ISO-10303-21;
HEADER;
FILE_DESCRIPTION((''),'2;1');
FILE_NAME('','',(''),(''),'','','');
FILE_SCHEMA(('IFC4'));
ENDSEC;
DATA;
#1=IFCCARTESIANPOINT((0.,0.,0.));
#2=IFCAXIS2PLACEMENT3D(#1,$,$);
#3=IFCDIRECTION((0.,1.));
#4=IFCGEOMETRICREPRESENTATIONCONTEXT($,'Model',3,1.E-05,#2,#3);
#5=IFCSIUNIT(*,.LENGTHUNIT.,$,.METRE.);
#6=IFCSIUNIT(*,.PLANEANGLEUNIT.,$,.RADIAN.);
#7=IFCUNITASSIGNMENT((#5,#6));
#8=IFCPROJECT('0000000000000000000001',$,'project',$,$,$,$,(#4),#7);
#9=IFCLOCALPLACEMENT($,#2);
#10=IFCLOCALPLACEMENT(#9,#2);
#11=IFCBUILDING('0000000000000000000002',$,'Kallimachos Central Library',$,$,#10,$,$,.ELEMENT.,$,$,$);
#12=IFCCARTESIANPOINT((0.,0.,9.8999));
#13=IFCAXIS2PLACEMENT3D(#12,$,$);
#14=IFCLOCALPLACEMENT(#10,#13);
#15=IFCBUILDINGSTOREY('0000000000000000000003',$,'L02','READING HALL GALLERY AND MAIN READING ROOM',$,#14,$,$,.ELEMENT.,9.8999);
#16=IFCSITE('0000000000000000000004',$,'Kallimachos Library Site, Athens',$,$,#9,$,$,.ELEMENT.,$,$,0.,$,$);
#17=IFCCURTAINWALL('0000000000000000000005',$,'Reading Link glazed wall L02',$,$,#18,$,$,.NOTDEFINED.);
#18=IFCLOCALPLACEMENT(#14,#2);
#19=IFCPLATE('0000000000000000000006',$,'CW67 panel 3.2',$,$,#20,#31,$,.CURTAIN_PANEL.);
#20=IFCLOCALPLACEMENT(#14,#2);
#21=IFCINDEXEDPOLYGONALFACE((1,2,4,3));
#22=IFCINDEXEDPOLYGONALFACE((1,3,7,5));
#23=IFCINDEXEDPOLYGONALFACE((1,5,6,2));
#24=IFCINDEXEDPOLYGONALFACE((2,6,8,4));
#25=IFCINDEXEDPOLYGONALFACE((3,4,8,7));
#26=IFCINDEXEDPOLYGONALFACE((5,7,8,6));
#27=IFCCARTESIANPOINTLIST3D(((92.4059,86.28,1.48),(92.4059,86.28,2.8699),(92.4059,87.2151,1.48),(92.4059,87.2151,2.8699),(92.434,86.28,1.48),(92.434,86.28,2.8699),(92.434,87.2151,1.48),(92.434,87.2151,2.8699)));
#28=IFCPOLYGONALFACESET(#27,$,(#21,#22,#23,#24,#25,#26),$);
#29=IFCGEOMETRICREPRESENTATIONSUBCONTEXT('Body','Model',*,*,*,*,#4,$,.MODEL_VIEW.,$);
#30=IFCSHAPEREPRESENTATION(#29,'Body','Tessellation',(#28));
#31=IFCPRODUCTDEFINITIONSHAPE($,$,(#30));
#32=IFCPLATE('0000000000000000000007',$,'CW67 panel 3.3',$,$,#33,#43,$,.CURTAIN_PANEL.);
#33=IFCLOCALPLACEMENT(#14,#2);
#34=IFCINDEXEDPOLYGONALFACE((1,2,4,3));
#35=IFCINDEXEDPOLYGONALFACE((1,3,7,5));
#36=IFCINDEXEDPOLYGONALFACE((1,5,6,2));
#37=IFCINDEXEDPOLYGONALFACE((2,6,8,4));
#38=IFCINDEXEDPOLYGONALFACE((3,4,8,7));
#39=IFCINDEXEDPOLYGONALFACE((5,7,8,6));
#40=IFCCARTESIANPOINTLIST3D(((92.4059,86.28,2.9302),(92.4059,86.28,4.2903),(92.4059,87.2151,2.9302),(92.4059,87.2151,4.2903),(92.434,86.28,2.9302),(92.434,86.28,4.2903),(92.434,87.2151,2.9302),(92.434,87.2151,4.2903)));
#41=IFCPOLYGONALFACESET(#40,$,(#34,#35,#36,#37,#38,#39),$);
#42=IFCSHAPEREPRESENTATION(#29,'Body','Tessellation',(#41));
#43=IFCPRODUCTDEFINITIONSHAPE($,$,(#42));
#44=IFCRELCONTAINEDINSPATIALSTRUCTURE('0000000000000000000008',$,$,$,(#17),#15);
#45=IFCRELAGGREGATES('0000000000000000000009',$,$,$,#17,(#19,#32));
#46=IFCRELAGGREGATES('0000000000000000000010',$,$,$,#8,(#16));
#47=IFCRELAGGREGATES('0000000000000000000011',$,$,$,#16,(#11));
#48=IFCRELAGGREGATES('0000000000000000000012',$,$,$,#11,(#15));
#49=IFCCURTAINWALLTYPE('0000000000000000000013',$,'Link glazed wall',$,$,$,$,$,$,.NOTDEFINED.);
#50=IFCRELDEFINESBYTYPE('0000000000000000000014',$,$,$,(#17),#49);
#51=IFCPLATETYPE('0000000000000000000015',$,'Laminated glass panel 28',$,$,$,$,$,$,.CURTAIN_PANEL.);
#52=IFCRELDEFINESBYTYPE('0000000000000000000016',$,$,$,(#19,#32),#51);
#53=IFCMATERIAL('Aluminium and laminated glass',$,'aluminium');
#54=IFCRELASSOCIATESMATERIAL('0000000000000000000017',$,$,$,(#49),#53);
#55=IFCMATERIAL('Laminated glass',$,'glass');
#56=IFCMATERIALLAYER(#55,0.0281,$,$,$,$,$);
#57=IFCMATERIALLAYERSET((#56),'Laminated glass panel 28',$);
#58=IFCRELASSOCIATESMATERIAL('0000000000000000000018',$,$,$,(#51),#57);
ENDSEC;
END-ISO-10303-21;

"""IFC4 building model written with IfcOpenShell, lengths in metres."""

from ifc_helpers import new_model, si_unit, direction, frame, origin, origin_2d, place, context, subcontext, project, spatial, rectangle, extrude, material, layer, layer_set, type_object, element, aggregate, save


model = new_model("IFC4")

# Units and contexts
model_context = context("Model", 3, precision=1e-05, world=origin(), true_north=direction((0.0, 1.0)))
body_context = subcontext(model_context, "Body", "Model", "MODEL_VIEW")
ifc_project = project(units=[si_unit("LENGTHUNIT", "METRE"), si_unit("PLANEANGLEUNIT", "RADIAN")], contexts=[model_context])

# Site, building, storey
site_placement = place(None, origin())
site = spatial("IfcSite", under=ifc_project, at=site_placement, Name="Kallimachos Library Site, Athens", CompositionType="ELEMENT", RefElevation=0.0)
building_placement = place(site_placement, origin())
building = spatial("IfcBuilding", under=site, at=building_placement, Name="Kallimachos Central Library", CompositionType="ELEMENT")
storey_placement = place(building_placement, frame((0.0, 0.0, 9.8999)))
storey = spatial("IfcBuildingStorey", under=building, at=storey_placement, Name="L02", Description="READING HALL GALLERY AND MAIN READING ROOM", CompositionType="ELEMENT", Elevation=9.8999)

# Curtain wall
ifc_material_1 = material(Name="Aluminium and laminated glass", Category="aluminium")
curtain_wall_type_1 = type_object("IfcCurtainWallType", Name="Link glazed wall", PredefinedType="NOTDEFINED", material=ifc_material_1)
curtain_wall_1_placement = place(storey_placement, origin())
curtain_wall_1 = element("IfcCurtainWall", 1, at=curtain_wall_1_placement, inside=storey, type_object=curtain_wall_type_1, Name="Reading Link glazed wall L02", PredefinedType="NOTDEFINED")

# Plates
ifc_material_2 = material(Name="Laminated glass", Category="glass")
ifc_layer_1 = layer(ifc_material_2, 0.0281)
ifc_layer_set_1 = layer_set([ifc_layer_1], Name="Laminated glass panel 28")
plate_type = type_object("IfcPlateType", Name="Laminated glass panel 28", PredefinedType="CURTAIN_PANEL", material=ifc_layer_set_1)
plate_1_placement = place(storey_placement, frame((92.4199, 86.7476, 1.48), z_axis=(0.0, 0.0, 1.0), x_axis=(0.0, 1.0, 0.0)))
plate_1 = element("IfcPlate", 2, at=plate_1_placement, type_object=plate_type, Name="CW67 panel 3.2", PredefinedType="CURTAIN_PANEL", context=body_context, shape_type="SweptSolid", body=[
    extrude(rectangle(XDim=0.9351, YDim=0.0281, at=origin_2d()), origin(), (0.0, 0.0, 1.0), 1.3899),
])
plate_2_placement = place(storey_placement, frame((92.4199, 86.7476, 2.9302), z_axis=(0.0, 0.0, 1.0), x_axis=(0.0, 1.0, 0.0)))
plate_2 = element("IfcPlate", 3, at=plate_2_placement, type_object=plate_type, Name="CW67 panel 3.3", PredefinedType="CURTAIN_PANEL", context=body_context, shape_type="SweptSolid", body=[
    extrude(rectangle(XDim=0.9351, YDim=0.0281, at=origin_2d()), origin(), (0.0, 0.0, 1.0), 1.3601),
])
aggregate(curtain_wall_1, [plate_1, plate_2])

save(model, "model.ifc")
